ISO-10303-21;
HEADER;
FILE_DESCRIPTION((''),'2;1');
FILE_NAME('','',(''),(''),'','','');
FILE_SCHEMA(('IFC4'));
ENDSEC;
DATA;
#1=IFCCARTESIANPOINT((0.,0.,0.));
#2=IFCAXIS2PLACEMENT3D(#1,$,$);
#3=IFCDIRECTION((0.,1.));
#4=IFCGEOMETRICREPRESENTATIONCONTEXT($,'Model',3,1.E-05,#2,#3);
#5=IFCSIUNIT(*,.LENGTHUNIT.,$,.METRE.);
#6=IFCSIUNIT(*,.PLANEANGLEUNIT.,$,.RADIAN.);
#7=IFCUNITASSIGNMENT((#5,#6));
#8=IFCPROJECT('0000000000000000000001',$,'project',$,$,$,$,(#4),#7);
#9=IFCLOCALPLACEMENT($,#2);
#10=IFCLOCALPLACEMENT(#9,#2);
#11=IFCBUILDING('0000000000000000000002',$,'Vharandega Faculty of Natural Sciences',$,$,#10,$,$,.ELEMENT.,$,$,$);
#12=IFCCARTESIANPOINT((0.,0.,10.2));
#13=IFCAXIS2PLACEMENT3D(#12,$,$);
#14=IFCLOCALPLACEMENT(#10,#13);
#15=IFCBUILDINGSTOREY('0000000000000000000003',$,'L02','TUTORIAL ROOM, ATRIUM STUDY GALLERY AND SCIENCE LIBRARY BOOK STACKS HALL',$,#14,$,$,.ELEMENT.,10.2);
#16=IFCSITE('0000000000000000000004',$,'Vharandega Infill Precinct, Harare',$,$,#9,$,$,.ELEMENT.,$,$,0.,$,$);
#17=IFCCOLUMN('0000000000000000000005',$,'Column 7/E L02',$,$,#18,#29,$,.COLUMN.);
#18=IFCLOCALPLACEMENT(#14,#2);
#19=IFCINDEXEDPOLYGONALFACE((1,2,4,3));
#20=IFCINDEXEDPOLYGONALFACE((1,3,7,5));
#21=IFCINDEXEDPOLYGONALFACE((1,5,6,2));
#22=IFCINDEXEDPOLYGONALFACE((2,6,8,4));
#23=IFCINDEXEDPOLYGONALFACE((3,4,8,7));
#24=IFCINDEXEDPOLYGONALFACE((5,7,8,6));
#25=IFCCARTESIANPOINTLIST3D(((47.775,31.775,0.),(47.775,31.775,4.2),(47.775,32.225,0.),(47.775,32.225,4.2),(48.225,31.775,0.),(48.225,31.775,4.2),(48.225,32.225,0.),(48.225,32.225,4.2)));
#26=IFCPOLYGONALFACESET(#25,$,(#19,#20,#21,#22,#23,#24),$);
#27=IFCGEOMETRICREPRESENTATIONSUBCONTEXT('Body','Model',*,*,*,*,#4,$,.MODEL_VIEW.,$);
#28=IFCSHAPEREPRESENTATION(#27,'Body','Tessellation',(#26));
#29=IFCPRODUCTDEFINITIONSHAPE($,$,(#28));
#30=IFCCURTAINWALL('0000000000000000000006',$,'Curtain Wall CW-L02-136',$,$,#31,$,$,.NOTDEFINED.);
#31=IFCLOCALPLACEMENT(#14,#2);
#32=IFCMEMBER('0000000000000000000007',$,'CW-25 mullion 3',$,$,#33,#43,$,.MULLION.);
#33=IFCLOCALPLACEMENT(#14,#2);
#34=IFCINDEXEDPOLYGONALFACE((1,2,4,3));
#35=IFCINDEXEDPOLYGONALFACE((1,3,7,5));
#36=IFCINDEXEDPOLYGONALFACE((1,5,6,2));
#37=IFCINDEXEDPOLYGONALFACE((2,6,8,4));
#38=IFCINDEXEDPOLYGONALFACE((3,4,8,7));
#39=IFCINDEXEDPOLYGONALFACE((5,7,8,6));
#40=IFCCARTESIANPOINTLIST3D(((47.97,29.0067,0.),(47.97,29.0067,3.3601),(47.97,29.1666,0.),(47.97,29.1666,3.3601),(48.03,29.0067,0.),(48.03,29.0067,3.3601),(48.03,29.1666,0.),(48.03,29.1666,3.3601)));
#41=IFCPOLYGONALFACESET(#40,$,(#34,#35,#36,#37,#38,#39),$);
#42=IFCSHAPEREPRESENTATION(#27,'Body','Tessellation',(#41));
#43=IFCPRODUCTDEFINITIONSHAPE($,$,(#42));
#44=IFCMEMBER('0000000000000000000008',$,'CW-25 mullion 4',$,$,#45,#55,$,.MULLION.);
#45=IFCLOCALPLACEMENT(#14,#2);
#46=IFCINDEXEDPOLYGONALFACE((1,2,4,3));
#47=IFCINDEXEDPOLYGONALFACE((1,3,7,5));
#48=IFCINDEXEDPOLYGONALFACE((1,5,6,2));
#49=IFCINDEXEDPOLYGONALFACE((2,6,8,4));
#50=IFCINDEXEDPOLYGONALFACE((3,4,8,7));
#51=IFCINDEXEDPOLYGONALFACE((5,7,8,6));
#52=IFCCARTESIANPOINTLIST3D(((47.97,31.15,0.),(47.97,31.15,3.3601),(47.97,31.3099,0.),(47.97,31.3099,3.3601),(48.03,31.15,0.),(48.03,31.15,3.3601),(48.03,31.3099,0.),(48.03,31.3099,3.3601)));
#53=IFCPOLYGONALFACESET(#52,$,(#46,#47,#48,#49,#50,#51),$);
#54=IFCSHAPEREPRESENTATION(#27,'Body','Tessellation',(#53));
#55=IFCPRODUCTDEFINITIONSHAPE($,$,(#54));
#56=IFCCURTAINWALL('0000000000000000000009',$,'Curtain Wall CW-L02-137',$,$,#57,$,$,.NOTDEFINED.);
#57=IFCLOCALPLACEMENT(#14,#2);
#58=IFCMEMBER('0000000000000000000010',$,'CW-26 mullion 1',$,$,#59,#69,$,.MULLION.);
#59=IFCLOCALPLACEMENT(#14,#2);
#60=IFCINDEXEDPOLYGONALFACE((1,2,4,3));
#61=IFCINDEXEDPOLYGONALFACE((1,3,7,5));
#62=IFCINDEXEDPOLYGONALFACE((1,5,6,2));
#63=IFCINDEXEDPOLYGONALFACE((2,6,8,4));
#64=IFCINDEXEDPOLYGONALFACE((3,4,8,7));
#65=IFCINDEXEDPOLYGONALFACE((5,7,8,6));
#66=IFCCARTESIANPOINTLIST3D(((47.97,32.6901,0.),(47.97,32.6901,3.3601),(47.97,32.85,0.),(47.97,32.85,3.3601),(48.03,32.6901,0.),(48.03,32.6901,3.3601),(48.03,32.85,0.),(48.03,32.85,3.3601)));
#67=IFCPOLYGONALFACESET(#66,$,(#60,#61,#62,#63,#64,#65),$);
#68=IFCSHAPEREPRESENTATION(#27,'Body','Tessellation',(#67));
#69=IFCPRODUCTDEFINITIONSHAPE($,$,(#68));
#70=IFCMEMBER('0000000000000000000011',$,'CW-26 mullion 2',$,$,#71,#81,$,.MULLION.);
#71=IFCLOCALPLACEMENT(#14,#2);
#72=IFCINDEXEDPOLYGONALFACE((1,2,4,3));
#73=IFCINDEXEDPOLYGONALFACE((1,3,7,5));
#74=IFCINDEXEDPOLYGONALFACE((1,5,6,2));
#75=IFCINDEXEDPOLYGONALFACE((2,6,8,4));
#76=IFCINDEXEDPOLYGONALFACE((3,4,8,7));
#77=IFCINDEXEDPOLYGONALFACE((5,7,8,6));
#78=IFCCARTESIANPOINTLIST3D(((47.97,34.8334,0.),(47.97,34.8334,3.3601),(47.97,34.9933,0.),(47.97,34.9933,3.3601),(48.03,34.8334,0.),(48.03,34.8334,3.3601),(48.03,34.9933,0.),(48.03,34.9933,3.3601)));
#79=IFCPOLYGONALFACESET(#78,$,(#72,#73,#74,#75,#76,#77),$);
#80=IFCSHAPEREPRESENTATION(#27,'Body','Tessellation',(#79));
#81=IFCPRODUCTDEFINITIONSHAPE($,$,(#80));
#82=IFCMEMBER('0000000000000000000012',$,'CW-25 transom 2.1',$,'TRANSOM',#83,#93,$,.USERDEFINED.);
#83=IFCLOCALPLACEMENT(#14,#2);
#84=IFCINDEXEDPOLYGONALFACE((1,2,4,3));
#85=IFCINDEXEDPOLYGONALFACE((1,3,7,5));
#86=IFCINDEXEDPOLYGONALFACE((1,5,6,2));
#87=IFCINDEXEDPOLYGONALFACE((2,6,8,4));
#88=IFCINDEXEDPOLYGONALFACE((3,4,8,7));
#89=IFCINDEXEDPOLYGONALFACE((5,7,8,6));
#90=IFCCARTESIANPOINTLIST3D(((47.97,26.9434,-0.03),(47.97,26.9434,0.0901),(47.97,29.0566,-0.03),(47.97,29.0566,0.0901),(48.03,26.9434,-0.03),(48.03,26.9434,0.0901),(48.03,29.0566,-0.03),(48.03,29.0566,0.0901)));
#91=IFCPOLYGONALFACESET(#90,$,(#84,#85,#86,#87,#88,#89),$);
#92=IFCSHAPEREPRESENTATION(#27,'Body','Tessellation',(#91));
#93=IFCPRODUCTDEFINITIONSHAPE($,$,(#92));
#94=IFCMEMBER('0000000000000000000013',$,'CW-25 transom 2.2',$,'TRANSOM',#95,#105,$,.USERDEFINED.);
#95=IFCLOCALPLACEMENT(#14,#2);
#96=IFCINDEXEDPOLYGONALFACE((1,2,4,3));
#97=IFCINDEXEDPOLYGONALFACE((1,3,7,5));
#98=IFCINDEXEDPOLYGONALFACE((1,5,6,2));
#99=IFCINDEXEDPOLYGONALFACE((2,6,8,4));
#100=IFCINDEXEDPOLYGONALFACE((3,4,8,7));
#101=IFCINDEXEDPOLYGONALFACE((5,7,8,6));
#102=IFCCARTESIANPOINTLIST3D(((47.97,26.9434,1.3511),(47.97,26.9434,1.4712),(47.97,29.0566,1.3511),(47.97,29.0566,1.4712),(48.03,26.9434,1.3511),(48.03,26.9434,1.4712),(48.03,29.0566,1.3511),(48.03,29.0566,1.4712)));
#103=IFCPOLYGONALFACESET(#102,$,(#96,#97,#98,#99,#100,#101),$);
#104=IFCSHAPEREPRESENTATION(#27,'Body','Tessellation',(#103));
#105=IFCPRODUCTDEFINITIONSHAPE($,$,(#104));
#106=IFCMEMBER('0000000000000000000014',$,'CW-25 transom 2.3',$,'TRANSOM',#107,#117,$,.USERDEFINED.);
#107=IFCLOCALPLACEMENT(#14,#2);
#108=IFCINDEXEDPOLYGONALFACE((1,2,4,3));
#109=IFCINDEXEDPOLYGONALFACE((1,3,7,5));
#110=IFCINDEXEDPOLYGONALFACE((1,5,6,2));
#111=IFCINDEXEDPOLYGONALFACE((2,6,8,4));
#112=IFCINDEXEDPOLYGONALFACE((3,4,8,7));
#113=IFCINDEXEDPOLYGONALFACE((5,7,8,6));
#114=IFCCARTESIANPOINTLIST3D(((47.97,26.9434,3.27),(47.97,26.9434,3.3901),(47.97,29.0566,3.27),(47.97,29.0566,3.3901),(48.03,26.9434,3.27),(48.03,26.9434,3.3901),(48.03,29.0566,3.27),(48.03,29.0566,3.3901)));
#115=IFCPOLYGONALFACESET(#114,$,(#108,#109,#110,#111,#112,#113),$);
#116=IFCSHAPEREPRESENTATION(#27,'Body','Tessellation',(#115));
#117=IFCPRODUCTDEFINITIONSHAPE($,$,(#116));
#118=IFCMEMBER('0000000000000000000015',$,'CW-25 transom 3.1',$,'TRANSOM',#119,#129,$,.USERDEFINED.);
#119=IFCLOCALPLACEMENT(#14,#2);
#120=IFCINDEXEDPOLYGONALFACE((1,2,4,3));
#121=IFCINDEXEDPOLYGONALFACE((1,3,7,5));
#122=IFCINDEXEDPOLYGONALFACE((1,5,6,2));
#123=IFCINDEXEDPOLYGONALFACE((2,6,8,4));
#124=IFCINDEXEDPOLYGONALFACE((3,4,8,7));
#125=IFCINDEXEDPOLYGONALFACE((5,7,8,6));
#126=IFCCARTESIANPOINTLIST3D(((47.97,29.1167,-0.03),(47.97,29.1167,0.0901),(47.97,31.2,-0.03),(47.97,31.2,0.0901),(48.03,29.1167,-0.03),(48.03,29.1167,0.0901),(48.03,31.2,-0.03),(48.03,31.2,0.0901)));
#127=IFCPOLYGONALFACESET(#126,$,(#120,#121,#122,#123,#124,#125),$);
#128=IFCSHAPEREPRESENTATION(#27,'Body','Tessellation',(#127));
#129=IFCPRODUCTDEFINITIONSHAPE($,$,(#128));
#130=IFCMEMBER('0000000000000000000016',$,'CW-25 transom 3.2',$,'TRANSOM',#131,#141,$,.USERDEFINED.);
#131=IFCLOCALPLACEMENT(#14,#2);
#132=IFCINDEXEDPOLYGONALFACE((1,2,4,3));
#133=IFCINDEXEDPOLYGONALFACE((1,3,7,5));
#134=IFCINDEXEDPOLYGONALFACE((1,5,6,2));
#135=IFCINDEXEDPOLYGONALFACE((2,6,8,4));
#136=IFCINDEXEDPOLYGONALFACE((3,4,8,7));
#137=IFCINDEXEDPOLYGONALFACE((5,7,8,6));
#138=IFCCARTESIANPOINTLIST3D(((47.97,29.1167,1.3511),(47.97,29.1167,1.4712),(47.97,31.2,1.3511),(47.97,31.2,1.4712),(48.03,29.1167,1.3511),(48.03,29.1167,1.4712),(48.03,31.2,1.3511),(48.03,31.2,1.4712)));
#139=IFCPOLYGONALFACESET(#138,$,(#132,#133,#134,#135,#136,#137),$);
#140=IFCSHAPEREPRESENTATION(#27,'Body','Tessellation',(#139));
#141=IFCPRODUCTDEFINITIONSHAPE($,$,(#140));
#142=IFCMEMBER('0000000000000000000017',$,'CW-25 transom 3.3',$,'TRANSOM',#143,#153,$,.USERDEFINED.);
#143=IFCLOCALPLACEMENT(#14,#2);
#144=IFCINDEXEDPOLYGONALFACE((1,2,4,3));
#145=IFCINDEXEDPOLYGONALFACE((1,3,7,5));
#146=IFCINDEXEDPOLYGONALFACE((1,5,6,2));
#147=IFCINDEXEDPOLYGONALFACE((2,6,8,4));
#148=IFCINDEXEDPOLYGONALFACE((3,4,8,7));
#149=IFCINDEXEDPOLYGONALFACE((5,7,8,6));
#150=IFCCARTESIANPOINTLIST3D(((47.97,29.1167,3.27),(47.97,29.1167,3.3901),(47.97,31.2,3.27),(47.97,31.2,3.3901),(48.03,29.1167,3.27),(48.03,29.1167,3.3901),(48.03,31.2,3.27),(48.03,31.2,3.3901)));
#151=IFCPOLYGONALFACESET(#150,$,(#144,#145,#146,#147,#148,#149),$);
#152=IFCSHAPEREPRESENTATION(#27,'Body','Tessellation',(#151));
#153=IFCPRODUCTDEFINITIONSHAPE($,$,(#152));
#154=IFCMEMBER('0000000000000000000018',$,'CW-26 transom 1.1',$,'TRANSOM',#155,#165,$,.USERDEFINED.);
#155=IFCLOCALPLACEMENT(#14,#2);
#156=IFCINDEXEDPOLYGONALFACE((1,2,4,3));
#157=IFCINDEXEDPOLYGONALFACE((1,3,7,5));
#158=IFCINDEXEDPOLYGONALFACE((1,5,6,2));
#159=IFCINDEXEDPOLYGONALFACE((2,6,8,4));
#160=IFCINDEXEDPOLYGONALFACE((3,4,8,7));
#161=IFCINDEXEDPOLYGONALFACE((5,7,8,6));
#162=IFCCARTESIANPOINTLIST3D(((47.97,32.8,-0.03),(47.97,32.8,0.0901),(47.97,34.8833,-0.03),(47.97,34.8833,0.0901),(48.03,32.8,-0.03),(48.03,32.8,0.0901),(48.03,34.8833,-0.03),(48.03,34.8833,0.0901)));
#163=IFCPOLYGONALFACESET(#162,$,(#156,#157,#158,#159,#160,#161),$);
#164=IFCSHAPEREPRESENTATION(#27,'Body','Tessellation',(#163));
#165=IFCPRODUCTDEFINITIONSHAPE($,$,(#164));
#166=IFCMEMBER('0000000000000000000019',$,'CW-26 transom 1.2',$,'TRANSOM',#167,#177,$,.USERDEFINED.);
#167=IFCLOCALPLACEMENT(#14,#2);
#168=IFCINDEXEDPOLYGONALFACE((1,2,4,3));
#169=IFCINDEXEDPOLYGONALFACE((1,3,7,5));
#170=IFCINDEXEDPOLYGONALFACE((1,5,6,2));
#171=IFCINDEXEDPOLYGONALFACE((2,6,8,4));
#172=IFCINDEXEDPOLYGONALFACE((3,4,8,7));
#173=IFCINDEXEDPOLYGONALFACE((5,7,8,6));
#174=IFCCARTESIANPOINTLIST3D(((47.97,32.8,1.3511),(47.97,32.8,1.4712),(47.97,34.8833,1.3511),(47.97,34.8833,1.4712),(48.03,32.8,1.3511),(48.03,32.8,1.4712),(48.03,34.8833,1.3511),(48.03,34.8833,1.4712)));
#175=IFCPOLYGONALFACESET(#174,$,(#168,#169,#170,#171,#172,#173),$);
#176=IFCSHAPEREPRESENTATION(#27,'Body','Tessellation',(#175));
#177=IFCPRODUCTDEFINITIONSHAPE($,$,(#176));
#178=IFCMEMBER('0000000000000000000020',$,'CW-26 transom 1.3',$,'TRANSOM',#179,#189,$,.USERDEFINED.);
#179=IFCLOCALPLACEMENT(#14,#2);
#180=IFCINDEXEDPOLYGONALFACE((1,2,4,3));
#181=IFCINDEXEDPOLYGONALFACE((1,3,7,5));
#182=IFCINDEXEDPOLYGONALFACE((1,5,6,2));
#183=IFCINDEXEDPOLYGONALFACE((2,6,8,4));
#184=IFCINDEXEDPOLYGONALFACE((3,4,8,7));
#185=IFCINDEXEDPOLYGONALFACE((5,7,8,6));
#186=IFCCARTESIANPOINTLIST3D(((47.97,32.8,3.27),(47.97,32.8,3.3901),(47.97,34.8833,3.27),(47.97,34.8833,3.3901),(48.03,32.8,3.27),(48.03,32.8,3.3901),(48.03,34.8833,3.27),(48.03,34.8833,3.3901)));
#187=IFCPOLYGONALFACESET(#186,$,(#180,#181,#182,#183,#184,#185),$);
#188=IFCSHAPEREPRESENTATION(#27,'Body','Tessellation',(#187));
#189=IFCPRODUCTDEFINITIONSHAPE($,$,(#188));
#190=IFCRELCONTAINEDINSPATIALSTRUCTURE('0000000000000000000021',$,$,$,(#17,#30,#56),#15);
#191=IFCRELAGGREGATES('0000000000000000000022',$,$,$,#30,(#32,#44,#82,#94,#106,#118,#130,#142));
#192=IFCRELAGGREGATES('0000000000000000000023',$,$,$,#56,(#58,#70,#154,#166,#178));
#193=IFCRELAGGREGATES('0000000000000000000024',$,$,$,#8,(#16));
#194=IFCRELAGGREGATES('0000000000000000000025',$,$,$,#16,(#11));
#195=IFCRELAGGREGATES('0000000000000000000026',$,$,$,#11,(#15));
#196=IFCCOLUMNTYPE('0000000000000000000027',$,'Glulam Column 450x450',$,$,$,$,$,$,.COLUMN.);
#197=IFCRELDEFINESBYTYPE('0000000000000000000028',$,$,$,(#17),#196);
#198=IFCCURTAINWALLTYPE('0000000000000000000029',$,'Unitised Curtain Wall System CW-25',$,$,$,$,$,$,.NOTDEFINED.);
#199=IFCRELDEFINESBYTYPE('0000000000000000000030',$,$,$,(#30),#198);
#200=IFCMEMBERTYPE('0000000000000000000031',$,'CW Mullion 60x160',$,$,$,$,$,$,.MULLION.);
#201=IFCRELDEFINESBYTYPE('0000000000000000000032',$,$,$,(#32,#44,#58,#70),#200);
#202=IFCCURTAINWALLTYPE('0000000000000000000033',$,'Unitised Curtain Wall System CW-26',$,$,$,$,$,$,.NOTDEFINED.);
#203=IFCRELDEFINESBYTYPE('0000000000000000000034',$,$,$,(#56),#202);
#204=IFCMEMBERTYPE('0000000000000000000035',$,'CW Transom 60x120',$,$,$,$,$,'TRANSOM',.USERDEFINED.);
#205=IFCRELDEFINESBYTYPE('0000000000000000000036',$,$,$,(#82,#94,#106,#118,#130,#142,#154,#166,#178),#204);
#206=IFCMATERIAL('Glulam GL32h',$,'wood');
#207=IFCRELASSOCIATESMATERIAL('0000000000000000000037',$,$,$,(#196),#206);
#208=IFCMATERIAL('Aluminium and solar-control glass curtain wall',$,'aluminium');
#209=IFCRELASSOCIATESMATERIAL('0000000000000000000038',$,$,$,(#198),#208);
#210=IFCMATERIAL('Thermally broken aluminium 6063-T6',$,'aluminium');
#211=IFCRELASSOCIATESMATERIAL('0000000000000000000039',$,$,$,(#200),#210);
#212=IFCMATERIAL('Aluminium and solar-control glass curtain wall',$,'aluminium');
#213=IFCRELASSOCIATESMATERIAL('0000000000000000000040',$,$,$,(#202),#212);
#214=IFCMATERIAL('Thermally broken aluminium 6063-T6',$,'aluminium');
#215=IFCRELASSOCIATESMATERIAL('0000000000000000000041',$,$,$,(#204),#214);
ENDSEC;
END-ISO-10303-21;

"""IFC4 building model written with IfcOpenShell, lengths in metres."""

from ifc_helpers import new_model, si_unit, direction, frame, origin, origin_2d, place, context, subcontext, project, spatial, rectangle, extrude, material, material_profile, profile_set, type_object, element, aggregate, save


model = new_model("IFC4")

# Units and contexts
model_context = context("Model", 3, precision=1e-05, world=origin(), true_north=direction((0.0, 1.0)))
body_context = subcontext(model_context, "Body", "Model", "MODEL_VIEW")
ifc_project = project(units=[si_unit("LENGTHUNIT", "METRE"), si_unit("PLANEANGLEUNIT", "RADIAN")], contexts=[model_context])

# Site, building, storey
site_placement = place(None, origin())
site = spatial("IfcSite", under=ifc_project, at=site_placement, Name="Vharandega Infill Precinct, Harare", CompositionType="ELEMENT", RefElevation=0.0)
building_placement = place(site_placement, origin())
building = spatial("IfcBuilding", under=site, at=building_placement, Name="Vharandega Faculty of Natural Sciences", CompositionType="ELEMENT")
storey_placement = place(building_placement, frame((0.0, 0.0, 10.2)))
storey = spatial("IfcBuildingStorey", under=building, at=storey_placement, Name="L02", Description="TUTORIAL ROOM, ATRIUM STUDY GALLERY AND SCIENCE LIBRARY BOOK STACKS HALL", CompositionType="ELEMENT", Elevation=10.2)

# Column
ifc_material_1 = material(Name="Glulam GL32h", Category="wood")
ifc_material_profile_1 = material_profile(ifc_material_1, rectangle(XDim=0.45, YDim=0.45, at=origin_2d()), Name="GL32h 450x450")
ifc_profile_set_1 = profile_set([ifc_material_profile_1], Name="Glulam GL32h")
column_type = type_object("IfcColumnType", Name="Glulam Column 450x450", PredefinedType="COLUMN", material=ifc_profile_set_1)
column_placement = place(storey_placement, frame((48.0, 32.0, 0.0), z_axis=(0.0, 0.0, 1.0), x_axis=(1.0, 0.0, 0.0)))
element("IfcColumn", 1, at=column_placement, inside=storey, type_object=column_type, Name="Column 7/E L02", PredefinedType="COLUMN", context=body_context, shape_type="SweptSolid", body=[
    extrude(rectangle(XDim=0.45, YDim=0.45, at=origin_2d()), origin(), (0.0, 0.0, 1.0), 4.2),
])

# Curtain walls, members
ifc_material_2 = material(Name="Aluminium and solar-control glass curtain wall", Category="aluminium")
curtain_wall_type_1 = type_object("IfcCurtainWallType", Name="Unitised Curtain Wall System CW-25", PredefinedType="NOTDEFINED", material=ifc_material_2)
curtain_wall_1_placement = place(storey_placement, origin())
curtain_wall_1 = element("IfcCurtainWall", 2, at=curtain_wall_1_placement, inside=storey, type_object=curtain_wall_type_1, Name="Curtain Wall CW-L02-136", PredefinedType="NOTDEFINED")
ifc_material_3 = material(Name="Thermally broken aluminium 6063-T6", Category="aluminium")
ifc_material_profile_2 = material_profile(ifc_material_3, rectangle(XDim=0.0601, YDim=0.1599, at=origin_2d()), Name="ALU 60x160")
ifc_profile_set_2 = profile_set([ifc_material_profile_2], Name="Thermally broken aluminium 6063-T6")
member_type_1 = type_object("IfcMemberType", Name="CW Mullion 60x160", PredefinedType="MULLION", material=ifc_profile_set_2)
member_1_placement = place(storey_placement, frame((48.0, 29.0867, 0.0), z_axis=(0.0, 0.0, 1.0), x_axis=(-1.0, 0.0, 0.0)))
member_1 = element("IfcMember", 3, at=member_1_placement, type_object=member_type_1, Name="CW-25 mullion 3", PredefinedType="MULLION", context=body_context, shape_type="SweptSolid", body=[
    extrude(rectangle(XDim=0.0601, YDim=0.1599, at=origin_2d()), origin(), (0.0, 0.0, 1.0), 3.3601),
])
member_2_placement = place(storey_placement, frame((48.0, 31.23, 0.0), z_axis=(0.0, 0.0, 1.0), x_axis=(-1.0, 0.0, 0.0)))
member_2 = element("IfcMember", 4, at=member_2_placement, type_object=member_type_1, Name="CW-25 mullion 4", PredefinedType="MULLION", context=body_context, shape_type="SweptSolid", body=[
    extrude(rectangle(XDim=0.0601, YDim=0.1599, at=origin_2d()), origin(), (0.0, 0.0, 1.0), 3.3601),
])
ifc_material_4 = material(Name="Aluminium and solar-control glass curtain wall", Category="aluminium")
curtain_wall_type_2 = type_object("IfcCurtainWallType", Name="Unitised Curtain Wall System CW-26", PredefinedType="NOTDEFINED", material=ifc_material_4)
curtain_wall_2_placement = place(storey_placement, origin())
curtain_wall_2 = element("IfcCurtainWall", 5, at=curtain_wall_2_placement, inside=storey, type_object=curtain_wall_type_2, Name="Curtain Wall CW-L02-137", PredefinedType="NOTDEFINED")
member_3_placement = place(storey_placement, frame((48.0, 32.77, 0.0), z_axis=(0.0, 0.0, 1.0), x_axis=(-1.0, 0.0, 0.0)))
member_3 = element("IfcMember", 6, at=member_3_placement, type_object=member_type_1, Name="CW-26 mullion 1", PredefinedType="MULLION", context=body_context, shape_type="SweptSolid", body=[
    extrude(rectangle(XDim=0.0601, YDim=0.1599, at=origin_2d()), origin(), (0.0, 0.0, 1.0), 3.3601),
])
member_4_placement = place(storey_placement, frame((48.0, 34.9133, 0.0), z_axis=(0.0, 0.0, 1.0), x_axis=(-1.0, 0.0, 0.0)))
member_4 = element("IfcMember", 7, at=member_4_placement, type_object=member_type_1, Name="CW-26 mullion 2", PredefinedType="MULLION", context=body_context, shape_type="SweptSolid", body=[
    extrude(rectangle(XDim=0.0601, YDim=0.1599, at=origin_2d()), origin(), (0.0, 0.0, 1.0), 3.3601),
])

# Members
ifc_material_5 = material(Name="Thermally broken aluminium 6063-T6", Category="aluminium")
ifc_material_profile_3 = material_profile(ifc_material_5, rectangle(XDim=0.0601, YDim=0.1201, at=origin_2d()), Name="ALU 60x120")
ifc_profile_set_3 = profile_set([ifc_material_profile_3], Name="Thermally broken aluminium 6063-T6")
member_type_2 = type_object("IfcMemberType", Name="CW Transom 60x120", ElementType="TRANSOM", PredefinedType="USERDEFINED", material=ifc_profile_set_3)
member_5_placement = place(storey_placement, frame((48.0, 26.9434, 0.03), z_axis=(0.0, 1.0, 0.0), x_axis=(-1.0, 0.0, 0.0)))
member_5 = element("IfcMember", 8, at=member_5_placement, type_object=member_type_2, Name="CW-25 transom 2.1", ObjectType="TRANSOM", PredefinedType="USERDEFINED", context=body_context, shape_type="SweptSolid", body=[
    extrude(rectangle(XDim=0.0601, YDim=0.1201, at=origin_2d()), origin(), (0.0, 0.0, 1.0), 2.1133),
])
member_6_placement = place(storey_placement, frame((48.0, 26.9434, 1.4111), z_axis=(0.0, 1.0, 0.0), x_axis=(-1.0, 0.0, 0.0)))
member_6 = element("IfcMember", 9, at=member_6_placement, type_object=member_type_2, Name="CW-25 transom 2.2", ObjectType="TRANSOM", PredefinedType="USERDEFINED", context=body_context, shape_type="SweptSolid", body=[
    extrude(rectangle(XDim=0.0601, YDim=0.1201, at=origin_2d()), origin(), (0.0, 0.0, 1.0), 2.1133),
])
member_7_placement = place(storey_placement, frame((48.0, 26.9434, 3.3301), z_axis=(0.0, 1.0, 0.0), x_axis=(-1.0, 0.0, 0.0)))
member_7 = element("IfcMember", 10, at=member_7_placement, type_object=member_type_2, Name="CW-25 transom 2.3", ObjectType="TRANSOM", PredefinedType="USERDEFINED", context=body_context, shape_type="SweptSolid", body=[
    extrude(rectangle(XDim=0.0601, YDim=0.1201, at=origin_2d()), origin(), (0.0, 0.0, 1.0), 2.1133),
])
member_8_placement = place(storey_placement, frame((48.0, 29.1167, 0.03), z_axis=(0.0, 1.0, 0.0), x_axis=(-1.0, 0.0, 0.0)))
member_8 = element("IfcMember", 11, at=member_8_placement, type_object=member_type_2, Name="CW-25 transom 3.1", ObjectType="TRANSOM", PredefinedType="USERDEFINED", context=body_context, shape_type="SweptSolid", body=[
    extrude(rectangle(XDim=0.0601, YDim=0.1201, at=origin_2d()), origin(), (0.0, 0.0, 1.0), 2.0833),
])
member_9_placement = place(storey_placement, frame((48.0, 29.1167, 1.4111), z_axis=(0.0, 1.0, 0.0), x_axis=(-1.0, 0.0, 0.0)))
member_9 = element("IfcMember", 12, at=member_9_placement, type_object=member_type_2, Name="CW-25 transom 3.2", ObjectType="TRANSOM", PredefinedType="USERDEFINED", context=body_context, shape_type="SweptSolid", body=[
    extrude(rectangle(XDim=0.0601, YDim=0.1201, at=origin_2d()), origin(), (0.0, 0.0, 1.0), 2.0833),
])
member_10_placement = place(storey_placement, frame((48.0, 29.1167, 3.3301), z_axis=(0.0, 1.0, 0.0), x_axis=(-1.0, 0.0, 0.0)))
member_10 = element("IfcMember", 13, at=member_10_placement, type_object=member_type_2, Name="CW-25 transom 3.3", ObjectType="TRANSOM", PredefinedType="USERDEFINED", context=body_context, shape_type="SweptSolid", body=[
    extrude(rectangle(XDim=0.0601, YDim=0.1201, at=origin_2d()), origin(), (0.0, 0.0, 1.0), 2.0833),
])
member_11_placement = place(storey_placement, frame((48.0, 32.8, 0.03), z_axis=(0.0, 1.0, 0.0), x_axis=(-1.0, 0.0, 0.0)))
member_11 = element("IfcMember", 14, at=member_11_placement, type_object=member_type_2, Name="CW-26 transom 1.1", ObjectType="TRANSOM", PredefinedType="USERDEFINED", context=body_context, shape_type="SweptSolid", body=[
    extrude(rectangle(XDim=0.0601, YDim=0.1201, at=origin_2d()), origin(), (0.0, 0.0, 1.0), 2.0833),
])
member_12_placement = place(storey_placement, frame((48.0, 32.8, 1.4111), z_axis=(0.0, 1.0, 0.0), x_axis=(-1.0, 0.0, 0.0)))
member_12 = element("IfcMember", 15, at=member_12_placement, type_object=member_type_2, Name="CW-26 transom 1.2", ObjectType="TRANSOM", PredefinedType="USERDEFINED", context=body_context, shape_type="SweptSolid", body=[
    extrude(rectangle(XDim=0.0601, YDim=0.1201, at=origin_2d()), origin(), (0.0, 0.0, 1.0), 2.0833),
])
member_13_placement = place(storey_placement, frame((48.0, 32.8, 3.3301), z_axis=(0.0, 1.0, 0.0), x_axis=(-1.0, 0.0, 0.0)))
member_13 = element("IfcMember", 16, at=member_13_placement, type_object=member_type_2, Name="CW-26 transom 1.3", ObjectType="TRANSOM", PredefinedType="USERDEFINED", context=body_context, shape_type="SweptSolid", body=[
    extrude(rectangle(XDim=0.0601, YDim=0.1201, at=origin_2d()), origin(), (0.0, 0.0, 1.0), 2.0833),
])

aggregate(curtain_wall_1, [member_1, member_2, member_5, member_6, member_7, member_8, member_9, member_10])
aggregate(curtain_wall_2, [member_3, member_4, member_11, member_12, member_13])

save(model, "model.ifc")
